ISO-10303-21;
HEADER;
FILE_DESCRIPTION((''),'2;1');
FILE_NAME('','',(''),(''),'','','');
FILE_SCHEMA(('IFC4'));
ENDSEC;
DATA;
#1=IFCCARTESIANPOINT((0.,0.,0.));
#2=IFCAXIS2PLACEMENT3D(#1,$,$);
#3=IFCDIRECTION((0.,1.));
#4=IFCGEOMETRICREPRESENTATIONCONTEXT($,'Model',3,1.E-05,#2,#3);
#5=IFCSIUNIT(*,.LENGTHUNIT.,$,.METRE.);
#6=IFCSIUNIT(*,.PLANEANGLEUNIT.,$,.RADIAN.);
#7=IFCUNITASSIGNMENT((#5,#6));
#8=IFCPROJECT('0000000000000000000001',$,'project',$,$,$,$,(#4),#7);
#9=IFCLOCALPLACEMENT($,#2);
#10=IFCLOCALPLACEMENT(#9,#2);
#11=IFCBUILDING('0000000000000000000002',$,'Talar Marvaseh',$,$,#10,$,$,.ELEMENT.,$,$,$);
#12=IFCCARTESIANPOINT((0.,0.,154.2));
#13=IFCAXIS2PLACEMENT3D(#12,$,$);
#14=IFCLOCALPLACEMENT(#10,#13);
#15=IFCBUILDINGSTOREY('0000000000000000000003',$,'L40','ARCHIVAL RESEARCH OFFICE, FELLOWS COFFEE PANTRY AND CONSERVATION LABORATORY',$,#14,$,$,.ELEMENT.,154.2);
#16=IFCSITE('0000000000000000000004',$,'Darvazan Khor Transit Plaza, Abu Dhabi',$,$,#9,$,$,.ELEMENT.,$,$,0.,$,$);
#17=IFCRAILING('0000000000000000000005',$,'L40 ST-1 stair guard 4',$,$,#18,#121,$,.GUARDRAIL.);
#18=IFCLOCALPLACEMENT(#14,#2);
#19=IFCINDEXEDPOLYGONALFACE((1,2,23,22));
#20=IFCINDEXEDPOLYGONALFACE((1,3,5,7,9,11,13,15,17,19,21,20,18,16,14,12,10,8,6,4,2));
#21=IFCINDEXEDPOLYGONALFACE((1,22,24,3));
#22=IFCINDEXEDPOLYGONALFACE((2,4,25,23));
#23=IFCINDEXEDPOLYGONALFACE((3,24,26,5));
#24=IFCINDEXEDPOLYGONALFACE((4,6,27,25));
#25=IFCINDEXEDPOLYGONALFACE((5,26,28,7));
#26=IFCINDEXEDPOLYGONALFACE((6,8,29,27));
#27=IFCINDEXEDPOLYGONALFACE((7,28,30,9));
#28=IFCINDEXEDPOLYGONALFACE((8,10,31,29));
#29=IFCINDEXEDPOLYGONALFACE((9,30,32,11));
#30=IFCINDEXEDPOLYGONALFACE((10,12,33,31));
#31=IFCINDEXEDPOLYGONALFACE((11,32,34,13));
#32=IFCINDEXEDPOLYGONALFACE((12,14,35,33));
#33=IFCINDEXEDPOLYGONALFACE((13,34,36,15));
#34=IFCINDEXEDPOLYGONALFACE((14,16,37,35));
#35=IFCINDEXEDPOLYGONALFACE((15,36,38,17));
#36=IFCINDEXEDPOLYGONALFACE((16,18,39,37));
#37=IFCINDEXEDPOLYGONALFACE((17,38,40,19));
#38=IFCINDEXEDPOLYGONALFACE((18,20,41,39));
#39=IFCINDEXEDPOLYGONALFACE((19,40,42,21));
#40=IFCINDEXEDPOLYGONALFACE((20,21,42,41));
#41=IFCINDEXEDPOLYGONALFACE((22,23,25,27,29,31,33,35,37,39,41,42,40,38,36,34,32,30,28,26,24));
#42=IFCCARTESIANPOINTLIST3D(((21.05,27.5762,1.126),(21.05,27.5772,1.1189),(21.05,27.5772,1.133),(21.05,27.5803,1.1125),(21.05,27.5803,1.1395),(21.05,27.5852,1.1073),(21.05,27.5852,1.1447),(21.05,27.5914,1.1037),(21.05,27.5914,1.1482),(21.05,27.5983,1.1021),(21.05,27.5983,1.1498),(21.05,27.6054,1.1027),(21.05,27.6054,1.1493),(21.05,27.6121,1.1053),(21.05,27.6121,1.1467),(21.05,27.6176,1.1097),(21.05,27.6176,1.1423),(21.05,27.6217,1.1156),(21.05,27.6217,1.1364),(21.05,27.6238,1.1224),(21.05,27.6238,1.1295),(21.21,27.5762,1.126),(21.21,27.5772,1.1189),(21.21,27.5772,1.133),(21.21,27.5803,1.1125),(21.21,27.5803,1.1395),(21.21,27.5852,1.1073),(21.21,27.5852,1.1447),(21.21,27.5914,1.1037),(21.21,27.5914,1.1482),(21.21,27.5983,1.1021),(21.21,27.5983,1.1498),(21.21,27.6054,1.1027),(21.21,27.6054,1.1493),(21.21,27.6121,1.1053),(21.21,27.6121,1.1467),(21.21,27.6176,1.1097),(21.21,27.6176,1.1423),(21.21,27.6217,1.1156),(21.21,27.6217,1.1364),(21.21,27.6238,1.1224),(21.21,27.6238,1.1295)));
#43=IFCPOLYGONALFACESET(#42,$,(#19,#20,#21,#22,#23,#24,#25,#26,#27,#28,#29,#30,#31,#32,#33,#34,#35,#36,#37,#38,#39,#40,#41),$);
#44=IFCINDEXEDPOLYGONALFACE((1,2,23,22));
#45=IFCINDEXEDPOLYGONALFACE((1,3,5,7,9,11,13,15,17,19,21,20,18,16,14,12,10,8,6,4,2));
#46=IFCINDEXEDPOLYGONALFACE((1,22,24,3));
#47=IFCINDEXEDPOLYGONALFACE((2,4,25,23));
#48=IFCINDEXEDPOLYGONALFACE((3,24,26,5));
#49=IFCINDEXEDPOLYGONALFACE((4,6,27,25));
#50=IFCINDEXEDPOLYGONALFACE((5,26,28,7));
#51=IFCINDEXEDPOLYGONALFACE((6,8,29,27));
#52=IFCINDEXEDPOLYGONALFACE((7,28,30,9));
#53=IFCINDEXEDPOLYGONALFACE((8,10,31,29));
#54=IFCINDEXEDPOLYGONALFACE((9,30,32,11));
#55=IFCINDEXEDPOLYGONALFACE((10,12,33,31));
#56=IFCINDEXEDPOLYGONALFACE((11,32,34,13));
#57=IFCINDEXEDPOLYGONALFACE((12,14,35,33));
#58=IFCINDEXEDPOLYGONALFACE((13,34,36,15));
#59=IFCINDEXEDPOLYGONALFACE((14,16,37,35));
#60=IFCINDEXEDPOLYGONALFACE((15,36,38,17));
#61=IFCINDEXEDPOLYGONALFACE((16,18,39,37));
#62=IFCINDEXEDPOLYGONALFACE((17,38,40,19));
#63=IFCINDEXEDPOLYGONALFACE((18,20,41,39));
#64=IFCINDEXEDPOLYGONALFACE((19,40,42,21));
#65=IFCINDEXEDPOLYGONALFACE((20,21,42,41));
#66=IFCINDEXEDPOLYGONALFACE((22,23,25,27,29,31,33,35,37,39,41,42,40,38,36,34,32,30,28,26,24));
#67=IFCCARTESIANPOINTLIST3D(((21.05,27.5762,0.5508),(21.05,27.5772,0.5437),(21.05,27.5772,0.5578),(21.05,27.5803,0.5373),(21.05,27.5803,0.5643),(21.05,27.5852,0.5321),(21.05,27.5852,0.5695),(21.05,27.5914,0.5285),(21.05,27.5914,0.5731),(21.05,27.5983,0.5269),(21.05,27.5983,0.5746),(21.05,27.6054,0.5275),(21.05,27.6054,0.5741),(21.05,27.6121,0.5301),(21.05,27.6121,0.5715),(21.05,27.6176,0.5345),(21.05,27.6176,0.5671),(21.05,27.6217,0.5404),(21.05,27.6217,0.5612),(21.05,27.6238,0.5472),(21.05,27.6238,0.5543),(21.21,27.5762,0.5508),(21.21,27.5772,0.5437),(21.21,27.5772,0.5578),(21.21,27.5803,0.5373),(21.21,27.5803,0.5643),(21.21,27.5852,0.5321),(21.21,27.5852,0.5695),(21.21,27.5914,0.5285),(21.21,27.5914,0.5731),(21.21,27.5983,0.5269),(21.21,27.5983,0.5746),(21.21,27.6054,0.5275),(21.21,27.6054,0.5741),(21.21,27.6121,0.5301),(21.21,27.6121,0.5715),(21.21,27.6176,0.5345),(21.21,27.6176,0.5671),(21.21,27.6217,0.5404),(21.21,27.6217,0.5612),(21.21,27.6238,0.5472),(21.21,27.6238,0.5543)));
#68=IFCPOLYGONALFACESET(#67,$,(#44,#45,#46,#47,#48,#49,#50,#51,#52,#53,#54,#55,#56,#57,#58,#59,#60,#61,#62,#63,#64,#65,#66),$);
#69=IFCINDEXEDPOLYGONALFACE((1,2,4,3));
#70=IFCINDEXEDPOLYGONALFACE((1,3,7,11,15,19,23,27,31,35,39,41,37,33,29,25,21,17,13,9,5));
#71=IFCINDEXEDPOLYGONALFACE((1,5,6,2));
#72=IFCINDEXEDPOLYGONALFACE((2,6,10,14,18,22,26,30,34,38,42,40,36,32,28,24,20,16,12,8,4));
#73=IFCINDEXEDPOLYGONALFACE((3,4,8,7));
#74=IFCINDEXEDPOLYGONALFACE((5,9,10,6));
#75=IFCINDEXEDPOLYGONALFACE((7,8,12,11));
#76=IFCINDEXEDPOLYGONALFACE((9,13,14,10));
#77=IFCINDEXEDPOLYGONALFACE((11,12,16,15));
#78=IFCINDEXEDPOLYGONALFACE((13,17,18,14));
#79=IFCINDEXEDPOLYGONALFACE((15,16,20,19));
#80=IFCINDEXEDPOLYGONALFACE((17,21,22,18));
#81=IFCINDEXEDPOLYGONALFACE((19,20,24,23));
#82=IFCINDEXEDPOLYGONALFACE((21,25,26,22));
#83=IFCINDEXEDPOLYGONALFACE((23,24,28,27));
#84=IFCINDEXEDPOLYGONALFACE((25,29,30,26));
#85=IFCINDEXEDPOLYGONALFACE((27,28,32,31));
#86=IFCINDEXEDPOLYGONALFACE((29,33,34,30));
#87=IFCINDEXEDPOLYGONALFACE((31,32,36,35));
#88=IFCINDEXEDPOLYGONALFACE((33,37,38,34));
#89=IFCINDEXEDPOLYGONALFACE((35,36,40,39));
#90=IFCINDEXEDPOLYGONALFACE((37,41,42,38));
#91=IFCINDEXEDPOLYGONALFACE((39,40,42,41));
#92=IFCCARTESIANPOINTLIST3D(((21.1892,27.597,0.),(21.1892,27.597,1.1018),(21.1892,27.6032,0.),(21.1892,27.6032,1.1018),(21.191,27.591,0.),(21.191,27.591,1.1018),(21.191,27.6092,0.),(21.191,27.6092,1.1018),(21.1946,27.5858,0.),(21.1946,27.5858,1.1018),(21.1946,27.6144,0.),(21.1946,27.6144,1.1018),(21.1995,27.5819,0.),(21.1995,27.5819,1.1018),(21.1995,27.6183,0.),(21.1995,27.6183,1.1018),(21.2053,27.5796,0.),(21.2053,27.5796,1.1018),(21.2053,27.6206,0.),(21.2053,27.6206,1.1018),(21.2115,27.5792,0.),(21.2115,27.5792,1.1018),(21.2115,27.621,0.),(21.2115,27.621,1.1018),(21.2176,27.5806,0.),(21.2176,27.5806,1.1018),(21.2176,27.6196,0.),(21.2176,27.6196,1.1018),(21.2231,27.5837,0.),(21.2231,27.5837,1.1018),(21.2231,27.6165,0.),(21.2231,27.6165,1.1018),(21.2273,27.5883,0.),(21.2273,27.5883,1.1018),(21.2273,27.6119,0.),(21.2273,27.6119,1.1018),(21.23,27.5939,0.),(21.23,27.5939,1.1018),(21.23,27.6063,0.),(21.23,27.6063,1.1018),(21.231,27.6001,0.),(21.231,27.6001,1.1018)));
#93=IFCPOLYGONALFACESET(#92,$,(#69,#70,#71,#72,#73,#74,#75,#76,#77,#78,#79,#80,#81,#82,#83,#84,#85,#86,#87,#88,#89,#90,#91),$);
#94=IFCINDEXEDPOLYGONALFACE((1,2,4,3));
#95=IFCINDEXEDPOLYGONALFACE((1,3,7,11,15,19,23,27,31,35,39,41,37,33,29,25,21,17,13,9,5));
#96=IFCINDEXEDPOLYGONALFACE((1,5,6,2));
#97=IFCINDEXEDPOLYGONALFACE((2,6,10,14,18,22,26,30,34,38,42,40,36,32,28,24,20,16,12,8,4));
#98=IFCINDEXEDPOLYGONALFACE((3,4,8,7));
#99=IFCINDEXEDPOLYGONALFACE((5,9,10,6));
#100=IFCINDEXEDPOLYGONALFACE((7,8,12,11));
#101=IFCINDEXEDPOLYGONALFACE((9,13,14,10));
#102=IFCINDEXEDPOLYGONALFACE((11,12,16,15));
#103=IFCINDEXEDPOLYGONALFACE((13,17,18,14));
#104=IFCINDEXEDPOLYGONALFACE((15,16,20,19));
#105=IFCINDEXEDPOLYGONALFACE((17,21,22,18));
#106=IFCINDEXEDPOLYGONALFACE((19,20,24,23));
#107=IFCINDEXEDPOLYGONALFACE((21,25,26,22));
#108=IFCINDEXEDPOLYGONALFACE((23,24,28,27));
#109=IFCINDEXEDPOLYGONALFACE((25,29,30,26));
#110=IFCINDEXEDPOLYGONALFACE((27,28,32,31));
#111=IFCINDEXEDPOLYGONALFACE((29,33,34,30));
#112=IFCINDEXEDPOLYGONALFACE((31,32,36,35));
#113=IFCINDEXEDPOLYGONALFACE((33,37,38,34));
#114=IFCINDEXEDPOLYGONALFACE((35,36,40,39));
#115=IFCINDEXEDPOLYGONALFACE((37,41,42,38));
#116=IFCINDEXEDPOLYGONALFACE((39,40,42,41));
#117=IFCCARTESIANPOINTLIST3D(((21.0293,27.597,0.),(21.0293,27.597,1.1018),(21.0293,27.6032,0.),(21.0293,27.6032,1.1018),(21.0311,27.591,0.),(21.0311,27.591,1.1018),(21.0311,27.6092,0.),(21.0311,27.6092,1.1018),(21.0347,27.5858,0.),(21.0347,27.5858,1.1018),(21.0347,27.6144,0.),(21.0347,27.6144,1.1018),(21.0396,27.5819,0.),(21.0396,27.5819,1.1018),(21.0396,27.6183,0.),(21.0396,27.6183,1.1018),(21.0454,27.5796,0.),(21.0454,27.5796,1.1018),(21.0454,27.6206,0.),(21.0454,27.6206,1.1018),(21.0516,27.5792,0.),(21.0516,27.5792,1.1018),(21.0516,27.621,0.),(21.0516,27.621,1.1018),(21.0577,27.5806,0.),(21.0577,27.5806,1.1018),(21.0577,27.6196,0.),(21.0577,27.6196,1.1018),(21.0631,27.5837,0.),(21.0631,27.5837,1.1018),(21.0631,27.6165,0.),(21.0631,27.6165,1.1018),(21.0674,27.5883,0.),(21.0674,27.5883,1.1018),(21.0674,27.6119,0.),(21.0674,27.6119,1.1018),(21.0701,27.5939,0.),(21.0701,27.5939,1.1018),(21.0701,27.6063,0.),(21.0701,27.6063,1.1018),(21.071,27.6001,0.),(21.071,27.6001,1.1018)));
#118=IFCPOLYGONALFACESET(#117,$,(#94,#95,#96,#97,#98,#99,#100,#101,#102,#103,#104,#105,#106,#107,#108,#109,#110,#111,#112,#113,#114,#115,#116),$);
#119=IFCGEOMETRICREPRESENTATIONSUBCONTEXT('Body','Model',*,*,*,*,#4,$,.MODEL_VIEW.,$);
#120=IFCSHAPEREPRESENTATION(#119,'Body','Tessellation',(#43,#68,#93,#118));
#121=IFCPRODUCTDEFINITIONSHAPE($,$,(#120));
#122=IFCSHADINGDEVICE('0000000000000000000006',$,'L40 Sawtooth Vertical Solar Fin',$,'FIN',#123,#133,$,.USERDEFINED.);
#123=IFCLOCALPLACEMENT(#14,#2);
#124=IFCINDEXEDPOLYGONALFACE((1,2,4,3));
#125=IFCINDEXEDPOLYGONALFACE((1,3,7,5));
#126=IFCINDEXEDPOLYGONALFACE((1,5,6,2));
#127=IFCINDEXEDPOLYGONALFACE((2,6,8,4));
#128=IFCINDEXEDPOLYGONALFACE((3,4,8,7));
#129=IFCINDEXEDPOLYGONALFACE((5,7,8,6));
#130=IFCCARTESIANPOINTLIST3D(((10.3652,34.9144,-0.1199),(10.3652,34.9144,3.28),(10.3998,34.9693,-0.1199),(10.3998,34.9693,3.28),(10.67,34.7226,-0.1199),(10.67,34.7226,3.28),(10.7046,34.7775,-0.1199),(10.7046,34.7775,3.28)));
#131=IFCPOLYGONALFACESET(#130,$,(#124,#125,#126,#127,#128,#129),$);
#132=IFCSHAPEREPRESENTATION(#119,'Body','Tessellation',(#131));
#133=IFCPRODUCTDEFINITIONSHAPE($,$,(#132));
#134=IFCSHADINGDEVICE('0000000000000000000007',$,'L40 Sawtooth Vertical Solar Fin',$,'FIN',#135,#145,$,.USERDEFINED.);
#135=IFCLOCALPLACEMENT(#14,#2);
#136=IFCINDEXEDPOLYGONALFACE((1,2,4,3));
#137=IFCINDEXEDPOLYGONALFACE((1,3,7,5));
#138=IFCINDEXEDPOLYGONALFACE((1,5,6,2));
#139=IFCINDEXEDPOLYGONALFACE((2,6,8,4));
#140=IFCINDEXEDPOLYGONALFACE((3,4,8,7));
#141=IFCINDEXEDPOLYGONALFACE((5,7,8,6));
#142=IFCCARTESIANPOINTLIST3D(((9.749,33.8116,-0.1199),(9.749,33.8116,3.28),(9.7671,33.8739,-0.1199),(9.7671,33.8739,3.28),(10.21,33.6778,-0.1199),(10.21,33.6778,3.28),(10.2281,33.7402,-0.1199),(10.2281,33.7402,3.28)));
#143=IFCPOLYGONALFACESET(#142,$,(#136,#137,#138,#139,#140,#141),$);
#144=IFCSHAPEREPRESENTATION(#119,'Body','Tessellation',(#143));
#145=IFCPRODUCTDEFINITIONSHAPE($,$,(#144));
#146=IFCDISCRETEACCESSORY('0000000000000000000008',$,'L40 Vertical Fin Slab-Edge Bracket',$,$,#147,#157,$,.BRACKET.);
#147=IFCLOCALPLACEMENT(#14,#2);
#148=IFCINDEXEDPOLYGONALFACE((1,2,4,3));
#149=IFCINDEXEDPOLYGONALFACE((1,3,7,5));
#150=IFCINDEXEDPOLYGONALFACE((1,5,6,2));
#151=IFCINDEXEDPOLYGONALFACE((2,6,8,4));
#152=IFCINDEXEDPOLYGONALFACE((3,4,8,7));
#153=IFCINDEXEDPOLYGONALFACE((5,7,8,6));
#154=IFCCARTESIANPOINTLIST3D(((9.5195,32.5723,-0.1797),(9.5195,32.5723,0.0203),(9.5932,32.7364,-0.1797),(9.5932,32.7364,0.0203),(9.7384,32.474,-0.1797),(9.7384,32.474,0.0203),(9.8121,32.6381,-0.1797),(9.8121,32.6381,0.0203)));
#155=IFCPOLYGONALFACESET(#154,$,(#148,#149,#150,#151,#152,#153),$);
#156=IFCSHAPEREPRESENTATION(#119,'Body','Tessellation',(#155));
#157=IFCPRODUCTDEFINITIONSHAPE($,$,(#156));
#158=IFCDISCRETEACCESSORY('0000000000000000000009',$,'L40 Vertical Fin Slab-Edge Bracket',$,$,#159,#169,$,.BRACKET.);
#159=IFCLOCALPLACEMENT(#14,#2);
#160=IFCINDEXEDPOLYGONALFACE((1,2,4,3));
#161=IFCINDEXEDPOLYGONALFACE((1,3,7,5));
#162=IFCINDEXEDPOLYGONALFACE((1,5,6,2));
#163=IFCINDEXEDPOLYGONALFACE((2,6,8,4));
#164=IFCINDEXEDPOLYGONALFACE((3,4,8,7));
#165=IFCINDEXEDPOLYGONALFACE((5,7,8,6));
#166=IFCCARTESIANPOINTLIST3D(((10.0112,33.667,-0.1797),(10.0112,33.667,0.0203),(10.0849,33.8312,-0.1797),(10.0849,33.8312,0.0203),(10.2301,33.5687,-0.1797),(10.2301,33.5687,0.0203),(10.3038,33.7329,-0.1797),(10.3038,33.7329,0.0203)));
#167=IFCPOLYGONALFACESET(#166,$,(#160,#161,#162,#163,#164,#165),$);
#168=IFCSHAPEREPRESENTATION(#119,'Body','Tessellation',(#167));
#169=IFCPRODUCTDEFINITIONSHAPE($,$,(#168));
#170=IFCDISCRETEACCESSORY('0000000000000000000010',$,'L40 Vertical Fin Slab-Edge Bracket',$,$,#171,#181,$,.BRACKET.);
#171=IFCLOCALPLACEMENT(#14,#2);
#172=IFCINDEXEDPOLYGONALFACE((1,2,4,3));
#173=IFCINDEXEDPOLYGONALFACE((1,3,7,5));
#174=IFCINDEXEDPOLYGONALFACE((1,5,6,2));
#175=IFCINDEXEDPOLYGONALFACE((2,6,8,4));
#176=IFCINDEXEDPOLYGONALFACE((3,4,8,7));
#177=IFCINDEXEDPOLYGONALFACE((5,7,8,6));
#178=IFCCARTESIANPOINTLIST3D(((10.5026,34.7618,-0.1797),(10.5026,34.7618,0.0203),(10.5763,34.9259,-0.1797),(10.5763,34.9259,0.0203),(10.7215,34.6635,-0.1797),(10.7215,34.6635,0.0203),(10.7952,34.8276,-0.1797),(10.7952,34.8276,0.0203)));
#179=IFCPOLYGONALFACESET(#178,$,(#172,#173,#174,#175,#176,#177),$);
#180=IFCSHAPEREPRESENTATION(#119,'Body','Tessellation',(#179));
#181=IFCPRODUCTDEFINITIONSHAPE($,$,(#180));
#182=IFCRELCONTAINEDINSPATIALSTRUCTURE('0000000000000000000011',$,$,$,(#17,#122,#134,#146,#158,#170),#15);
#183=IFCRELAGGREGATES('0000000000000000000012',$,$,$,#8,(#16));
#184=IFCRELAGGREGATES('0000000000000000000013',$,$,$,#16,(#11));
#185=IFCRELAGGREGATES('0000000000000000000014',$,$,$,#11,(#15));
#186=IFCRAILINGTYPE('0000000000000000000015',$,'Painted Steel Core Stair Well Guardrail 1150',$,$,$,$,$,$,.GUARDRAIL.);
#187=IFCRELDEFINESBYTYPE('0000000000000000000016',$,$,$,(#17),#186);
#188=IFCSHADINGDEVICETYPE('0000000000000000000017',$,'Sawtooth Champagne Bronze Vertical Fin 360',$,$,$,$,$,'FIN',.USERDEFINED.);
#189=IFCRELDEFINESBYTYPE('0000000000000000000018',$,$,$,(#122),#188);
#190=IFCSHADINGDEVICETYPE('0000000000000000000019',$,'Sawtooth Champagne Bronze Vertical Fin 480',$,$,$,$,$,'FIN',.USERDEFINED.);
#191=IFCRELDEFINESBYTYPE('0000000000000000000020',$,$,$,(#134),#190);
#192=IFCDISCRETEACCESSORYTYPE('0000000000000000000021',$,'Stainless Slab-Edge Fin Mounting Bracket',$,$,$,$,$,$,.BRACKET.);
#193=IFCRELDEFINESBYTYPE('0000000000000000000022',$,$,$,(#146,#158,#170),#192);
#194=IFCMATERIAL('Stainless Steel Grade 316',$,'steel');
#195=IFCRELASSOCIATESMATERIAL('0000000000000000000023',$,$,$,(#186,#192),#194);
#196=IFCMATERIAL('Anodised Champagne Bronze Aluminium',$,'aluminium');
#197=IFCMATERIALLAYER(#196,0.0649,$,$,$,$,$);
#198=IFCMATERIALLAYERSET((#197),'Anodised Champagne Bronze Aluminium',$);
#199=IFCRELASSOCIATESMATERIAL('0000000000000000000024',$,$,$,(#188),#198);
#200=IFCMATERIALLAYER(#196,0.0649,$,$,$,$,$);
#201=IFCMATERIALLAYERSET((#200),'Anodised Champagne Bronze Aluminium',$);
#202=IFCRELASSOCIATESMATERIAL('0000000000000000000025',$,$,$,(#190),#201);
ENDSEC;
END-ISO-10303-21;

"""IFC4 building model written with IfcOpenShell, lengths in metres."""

from ifc_helpers import new_model, si_unit, direction, frame, origin, origin_2d, place, context, subcontext, project, spatial, rectangle, circle, extrude, source, transform, mapped, material, layer, layer_set, type_object, type_shapes, element, save


model = new_model("IFC4")

# Units and contexts
model_context = context("Model", 3, precision=1e-05, world=origin(), true_north=direction((0.0, 1.0)))
body_context = subcontext(model_context, "Body", "Model", "MODEL_VIEW")
ifc_project = project(units=[si_unit("LENGTHUNIT", "METRE"), si_unit("PLANEANGLEUNIT", "RADIAN")], contexts=[model_context])

# Site, building, storey
site_placement = place(None, origin())
site = spatial("IfcSite", under=ifc_project, at=site_placement, Name="Darvazan Khor Transit Plaza, Abu Dhabi", CompositionType="ELEMENT", RefElevation=0.0)
building_placement = place(site_placement, origin())
building = spatial("IfcBuilding", under=site, at=building_placement, Name="Talar Marvaseh", CompositionType="ELEMENT")
storey_placement = place(building_placement, frame((0.0, 0.0, 154.2)))
storey = spatial("IfcBuildingStorey", under=building, at=storey_placement, Name="L40", Description="ARCHIVAL RESEARCH OFFICE, FELLOWS COFFEE PANTRY AND CONSERVATION LABORATORY", CompositionType="ELEMENT", Elevation=154.2)

# Railing
ifc_material_1 = material(Name="Stainless Steel Grade 316", Category="steel")
railing_type_1 = type_object("IfcRailingType", Name="Painted Steel Core Stair Well Guardrail 1150", PredefinedType="GUARDRAIL", material=ifc_material_1)
railing_1_placement = place(storey_placement, frame((21.21, 27.6001, 0.0)))
element("IfcRailing", 1, at=railing_1_placement, inside=storey, type_object=railing_type_1, Name="L40 ST-1 stair guard 4", PredefinedType="GUARDRAIL", context=body_context, shape_type="SweptSolid", body=[
    extrude(circle(Radius=0.0239, at=origin_2d()), frame((0.0, 0.0, 1.126), z_axis=(-1.0, 0.0, 0.0), x_axis=(0.0, -1.0, 0.0)), (0.0, 0.0, 1.0), 0.1599),
    extrude(circle(Radius=0.0239, at=origin_2d()), frame((0.0, 0.0, 0.5508), z_axis=(-1.0, 0.0, 0.0), x_axis=(0.0, -1.0, 0.0)), (0.0, 0.0, 1.0), 0.1599),
    extrude(circle(Radius=0.021, at=origin_2d()), origin(), (0.0, 0.0, 1.0), 1.1018),
    extrude(circle(Radius=0.021, at=origin_2d()), frame((-0.1599, 0.0, 0.0)), (0.0, 0.0, 1.0), 1.1018),
])

# Shading devices
ifc_material_2 = material(Name="Anodised Champagne Bronze Aluminium", Category="aluminium")
ifc_layer_1 = layer(ifc_material_2, 0.0649)
ifc_layer_set_1 = layer_set([ifc_layer_1], Name="Anodised Champagne Bronze Aluminium")
shading_device_type_1 = type_object("IfcShadingDeviceType", Name="Sawtooth Champagne Bronze Vertical Fin 360", ElementType="FIN", PredefinedType="USERDEFINED", material=ifc_layer_set_1)
shared_shape_1 = source(origin(), body_context, "Body", "SweptSolid", [
    extrude(rectangle(XDim=0.3601, YDim=0.0649, at=origin_2d()), origin(), (0.0, 0.0, 1.0), 3.3999),
])
type_shapes(shading_device_type_1, [shared_shape_1])
shading_device_1_placement = place(storey_placement, frame((10.5349, 34.8459, -0.1199), z_axis=(0.0, 0.0, 1.0), x_axis=(-0.846379, 0.532581, 0.0)))
element("IfcShadingDevice", 2, at=shading_device_1_placement, inside=storey, type_object=shading_device_type_1, Name="L40 Sawtooth Vertical Solar Fin", ObjectType="FIN", PredefinedType="USERDEFINED", context=body_context, shape_type="MappedRepresentation", body=[
    mapped(shared_shape_1, transform((0.0, 0.0, 0.0), x_axis=(1.0, 0.0, 0.0), y_axis=(0.0, 1.0, 0.0), z_axis=(0.0, 0.0, 1.0), scale=1.0)),
])
ifc_layer_2 = layer(ifc_material_2, 0.0649)
ifc_layer_set_2 = layer_set([ifc_layer_2], Name="Anodised Champagne Bronze Aluminium")
shading_device_type_2 = type_object("IfcShadingDeviceType", Name="Sawtooth Champagne Bronze Vertical Fin 480", ElementType="FIN", PredefinedType="USERDEFINED", material=ifc_layer_set_2)
shared_shape_2 = source(origin(), body_context, "Body", "SweptSolid", [
    extrude(rectangle(XDim=0.48, YDim=0.0649, at=origin_2d()), origin(), (0.0, 0.0, 1.0), 3.3999),
])
type_shapes(shading_device_type_2, [shared_shape_2])
shading_device_2_placement = place(storey_placement, frame((9.9885, 33.7759, -0.1199), z_axis=(0.0, 0.0, 1.0), x_axis=(-0.960391, 0.278656, 0.0)))
element("IfcShadingDevice", 3, at=shading_device_2_placement, inside=storey, type_object=shading_device_type_2, Name="L40 Sawtooth Vertical Solar Fin", ObjectType="FIN", PredefinedType="USERDEFINED", context=body_context, shape_type="MappedRepresentation", body=[
    mapped(shared_shape_2, transform((0.0, 0.0, 0.0), x_axis=(1.0, 0.0, 0.0), y_axis=(0.0, 1.0, 0.0), z_axis=(0.0, 0.0, 1.0), scale=1.0)),
])

# Discrete accessories
discrete_accessory_type = type_object("IfcDiscreteAccessoryType", Name="Stainless Slab-Edge Fin Mounting Bracket", PredefinedType="BRACKET", material=ifc_material_1)
shared_shape_3 = source(origin(), body_context, "Body", "SweptSolid", [
    extrude(rectangle(XDim=0.24, YDim=0.1799, at=origin_2d()), origin(), (0.0, 0.0, 1.0), 0.2),
])
type_shapes(discrete_accessory_type, [shared_shape_3])
for number, where, z_axis, x_axis, name in (
    (4, (9.6658, 32.6052, -0.1797), (0.0, 0.0, 1.0), (-0.912263, 0.409605, 0.0), "L40 Vertical Fin Slab-Edge Bracket"),
    (5, (10.1575, 33.7, -0.1797), (0.0, 0.0, 1.0), (-0.912263, 0.409605, 0.0), "L40 Vertical Fin Slab-Edge Bracket"),
    (6, (10.6489, 34.7947, -0.1797), (0.0, 0.0, 1.0), (-0.912263, 0.409605, 0.0), "L40 Vertical Fin Slab-Edge Bracket"),
):
    element("IfcDiscreteAccessory", number, at=place(storey_placement, frame(where, z_axis=z_axis, x_axis=x_axis)), inside=storey, type_object=discrete_accessory_type, Name=name, PredefinedType="BRACKET", context=body_context, shape_type="MappedRepresentation", body=[
        mapped(shared_shape_3, transform((0.0, 0.0, 0.0), x_axis=(1.0, 0.0, 0.0), y_axis=(0.0, 1.0, 0.0), z_axis=(0.0, 0.0, 1.0), scale=1.0)),
    ])

save(model, "model.ifc")
